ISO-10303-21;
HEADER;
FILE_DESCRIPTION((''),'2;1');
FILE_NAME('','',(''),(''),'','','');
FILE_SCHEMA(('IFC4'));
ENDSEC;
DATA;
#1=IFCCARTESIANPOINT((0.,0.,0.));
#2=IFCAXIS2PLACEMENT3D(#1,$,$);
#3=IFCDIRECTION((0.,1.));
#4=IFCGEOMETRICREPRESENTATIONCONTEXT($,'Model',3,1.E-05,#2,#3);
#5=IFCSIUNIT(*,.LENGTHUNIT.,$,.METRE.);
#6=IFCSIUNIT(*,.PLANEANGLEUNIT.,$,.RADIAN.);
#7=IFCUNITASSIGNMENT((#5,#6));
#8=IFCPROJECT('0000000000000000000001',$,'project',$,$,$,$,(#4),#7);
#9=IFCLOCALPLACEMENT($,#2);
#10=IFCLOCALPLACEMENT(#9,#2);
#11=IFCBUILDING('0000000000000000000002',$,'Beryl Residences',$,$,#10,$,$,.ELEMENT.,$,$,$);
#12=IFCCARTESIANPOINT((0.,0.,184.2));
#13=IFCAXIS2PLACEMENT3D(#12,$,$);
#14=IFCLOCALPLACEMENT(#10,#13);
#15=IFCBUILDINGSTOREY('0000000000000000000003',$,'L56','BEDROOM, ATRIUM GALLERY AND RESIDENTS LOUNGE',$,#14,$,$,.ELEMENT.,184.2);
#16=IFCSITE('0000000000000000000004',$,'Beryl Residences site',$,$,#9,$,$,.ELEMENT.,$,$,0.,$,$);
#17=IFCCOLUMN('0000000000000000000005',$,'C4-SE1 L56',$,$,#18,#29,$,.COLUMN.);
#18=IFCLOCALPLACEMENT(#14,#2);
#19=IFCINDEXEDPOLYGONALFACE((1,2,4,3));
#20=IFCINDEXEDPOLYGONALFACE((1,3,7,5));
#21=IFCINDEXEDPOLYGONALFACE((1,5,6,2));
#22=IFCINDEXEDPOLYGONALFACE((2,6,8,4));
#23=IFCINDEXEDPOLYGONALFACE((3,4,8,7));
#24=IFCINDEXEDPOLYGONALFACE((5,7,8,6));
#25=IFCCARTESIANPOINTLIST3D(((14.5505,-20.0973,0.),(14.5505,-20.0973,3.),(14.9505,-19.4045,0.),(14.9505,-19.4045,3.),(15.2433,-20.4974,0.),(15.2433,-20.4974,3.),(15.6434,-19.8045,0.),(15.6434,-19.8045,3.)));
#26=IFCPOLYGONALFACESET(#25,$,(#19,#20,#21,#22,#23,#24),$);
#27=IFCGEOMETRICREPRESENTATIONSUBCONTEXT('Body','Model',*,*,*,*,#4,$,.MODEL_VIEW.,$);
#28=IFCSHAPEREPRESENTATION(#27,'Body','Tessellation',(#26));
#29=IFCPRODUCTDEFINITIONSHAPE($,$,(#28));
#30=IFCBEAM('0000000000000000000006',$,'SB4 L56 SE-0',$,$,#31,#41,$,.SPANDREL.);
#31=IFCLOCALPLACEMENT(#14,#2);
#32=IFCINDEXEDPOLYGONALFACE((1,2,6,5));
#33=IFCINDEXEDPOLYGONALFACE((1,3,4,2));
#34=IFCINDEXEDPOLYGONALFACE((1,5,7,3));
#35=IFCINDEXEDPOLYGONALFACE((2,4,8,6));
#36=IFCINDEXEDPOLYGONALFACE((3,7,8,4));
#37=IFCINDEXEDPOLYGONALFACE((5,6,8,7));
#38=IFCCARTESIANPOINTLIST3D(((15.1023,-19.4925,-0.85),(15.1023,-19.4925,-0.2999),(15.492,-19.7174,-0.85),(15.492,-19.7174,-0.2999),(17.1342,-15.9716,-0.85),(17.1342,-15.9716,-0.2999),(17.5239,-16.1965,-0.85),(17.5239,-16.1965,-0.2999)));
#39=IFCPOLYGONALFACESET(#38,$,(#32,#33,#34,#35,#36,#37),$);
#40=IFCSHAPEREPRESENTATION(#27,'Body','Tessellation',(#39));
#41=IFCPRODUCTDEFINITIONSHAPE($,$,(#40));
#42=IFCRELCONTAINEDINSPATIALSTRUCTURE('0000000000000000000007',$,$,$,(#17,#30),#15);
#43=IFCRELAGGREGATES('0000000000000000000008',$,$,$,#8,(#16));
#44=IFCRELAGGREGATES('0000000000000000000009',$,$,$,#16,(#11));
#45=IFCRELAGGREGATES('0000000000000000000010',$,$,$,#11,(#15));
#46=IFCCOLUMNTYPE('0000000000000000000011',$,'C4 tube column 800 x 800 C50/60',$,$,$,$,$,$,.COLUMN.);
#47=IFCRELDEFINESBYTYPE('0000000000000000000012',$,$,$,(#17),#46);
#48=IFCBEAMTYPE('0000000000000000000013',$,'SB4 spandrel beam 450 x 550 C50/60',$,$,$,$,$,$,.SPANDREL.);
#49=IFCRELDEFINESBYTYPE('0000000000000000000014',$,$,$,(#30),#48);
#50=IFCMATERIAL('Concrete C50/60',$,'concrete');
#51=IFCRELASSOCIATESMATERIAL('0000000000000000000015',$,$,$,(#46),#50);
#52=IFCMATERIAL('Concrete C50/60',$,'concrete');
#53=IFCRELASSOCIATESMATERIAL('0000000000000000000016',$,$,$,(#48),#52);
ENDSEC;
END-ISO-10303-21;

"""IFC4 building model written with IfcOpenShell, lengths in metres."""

from ifc_helpers import new_model, si_unit, direction, frame, origin, origin_2d, place, context, subcontext, project, spatial, rectangle, extrude, material, material_profile, profile_set, type_object, element, save


model = new_model("IFC4")

# Units and contexts
model_context = context("Model", 3, precision=1e-05, world=origin(), true_north=direction((0.0, 1.0)))
body_context = subcontext(model_context, "Body", "Model", "MODEL_VIEW")
ifc_project = project(units=[si_unit("LENGTHUNIT", "METRE"), si_unit("PLANEANGLEUNIT", "RADIAN")], contexts=[model_context])

# Site, building, storey
site_placement = place(None, origin())
site = spatial("IfcSite", under=ifc_project, at=site_placement, Name="Beryl Residences site", CompositionType="ELEMENT", RefElevation=0.0)
building_placement = place(site_placement, origin())
building = spatial("IfcBuilding", under=site, at=building_placement, Name="Beryl Residences", CompositionType="ELEMENT")
storey_placement = place(building_placement, frame((0.0, 0.0, 184.2)))
storey = spatial("IfcBuildingStorey", under=building, at=storey_placement, Name="L56", Description="BEDROOM, ATRIUM GALLERY AND RESIDENTS LOUNGE", CompositionType="ELEMENT", Elevation=184.2)

# Column
ifc_material_1 = material(Name="Concrete C50/60", Category="concrete")
ifc_material_profile_1 = material_profile(ifc_material_1, rectangle(XDim=0.8, YDim=0.8, at=origin_2d()))
ifc_profile_set_1 = profile_set([ifc_material_profile_1], Name="Concrete C50/60")
column_type = type_object("IfcColumnType", Name="C4 tube column 800 x 800 C50/60", PredefinedType="COLUMN", material=ifc_profile_set_1)
column_placement = place(storey_placement, frame((15.0969, -19.9509, 0.0), z_axis=(0.0, 0.0, 1.0), x_axis=(0.5, 0.866025, 0.0)))
element("IfcColumn", 1, at=column_placement, inside=storey, type_object=column_type, Name="C4-SE1 L56", PredefinedType="COLUMN", context=body_context, shape_type="SweptSolid", body=[
    extrude(rectangle(XDim=0.8, YDim=0.8, at=origin_2d()), origin(), (0.0, 0.0, 1.0), 3.0),
])

# Beam
ifc_material_2 = material(Name="Concrete C50/60", Category="concrete")
ifc_material_profile_2 = material_profile(ifc_material_2, rectangle(XDim=0.45, YDim=0.55, at=origin_2d()))
ifc_profile_set_2 = profile_set([ifc_material_profile_2], Name="Concrete C50/60")
beam_type = type_object("IfcBeamType", Name="SB4 spandrel beam 450 x 550 C50/60", PredefinedType="SPANDREL", material=ifc_profile_set_2)
beam_placement = place(storey_placement, frame((15.2971, -19.605, -0.575), z_axis=(0.49984, 0.866118, 0.0), x_axis=(-0.866118, 0.49984, 0.0)))
element("IfcBeam", 2, at=beam_placement, inside=storey, type_object=beam_type, Name="SB4 L56 SE-0", PredefinedType="SPANDREL", context=body_context, shape_type="SweptSolid", body=[
    extrude(rectangle(XDim=0.45, YDim=0.55, at=origin_2d()), origin(), (0.0, 0.0, 1.0), 4.0652),
])

save(model, "model.ifc")
